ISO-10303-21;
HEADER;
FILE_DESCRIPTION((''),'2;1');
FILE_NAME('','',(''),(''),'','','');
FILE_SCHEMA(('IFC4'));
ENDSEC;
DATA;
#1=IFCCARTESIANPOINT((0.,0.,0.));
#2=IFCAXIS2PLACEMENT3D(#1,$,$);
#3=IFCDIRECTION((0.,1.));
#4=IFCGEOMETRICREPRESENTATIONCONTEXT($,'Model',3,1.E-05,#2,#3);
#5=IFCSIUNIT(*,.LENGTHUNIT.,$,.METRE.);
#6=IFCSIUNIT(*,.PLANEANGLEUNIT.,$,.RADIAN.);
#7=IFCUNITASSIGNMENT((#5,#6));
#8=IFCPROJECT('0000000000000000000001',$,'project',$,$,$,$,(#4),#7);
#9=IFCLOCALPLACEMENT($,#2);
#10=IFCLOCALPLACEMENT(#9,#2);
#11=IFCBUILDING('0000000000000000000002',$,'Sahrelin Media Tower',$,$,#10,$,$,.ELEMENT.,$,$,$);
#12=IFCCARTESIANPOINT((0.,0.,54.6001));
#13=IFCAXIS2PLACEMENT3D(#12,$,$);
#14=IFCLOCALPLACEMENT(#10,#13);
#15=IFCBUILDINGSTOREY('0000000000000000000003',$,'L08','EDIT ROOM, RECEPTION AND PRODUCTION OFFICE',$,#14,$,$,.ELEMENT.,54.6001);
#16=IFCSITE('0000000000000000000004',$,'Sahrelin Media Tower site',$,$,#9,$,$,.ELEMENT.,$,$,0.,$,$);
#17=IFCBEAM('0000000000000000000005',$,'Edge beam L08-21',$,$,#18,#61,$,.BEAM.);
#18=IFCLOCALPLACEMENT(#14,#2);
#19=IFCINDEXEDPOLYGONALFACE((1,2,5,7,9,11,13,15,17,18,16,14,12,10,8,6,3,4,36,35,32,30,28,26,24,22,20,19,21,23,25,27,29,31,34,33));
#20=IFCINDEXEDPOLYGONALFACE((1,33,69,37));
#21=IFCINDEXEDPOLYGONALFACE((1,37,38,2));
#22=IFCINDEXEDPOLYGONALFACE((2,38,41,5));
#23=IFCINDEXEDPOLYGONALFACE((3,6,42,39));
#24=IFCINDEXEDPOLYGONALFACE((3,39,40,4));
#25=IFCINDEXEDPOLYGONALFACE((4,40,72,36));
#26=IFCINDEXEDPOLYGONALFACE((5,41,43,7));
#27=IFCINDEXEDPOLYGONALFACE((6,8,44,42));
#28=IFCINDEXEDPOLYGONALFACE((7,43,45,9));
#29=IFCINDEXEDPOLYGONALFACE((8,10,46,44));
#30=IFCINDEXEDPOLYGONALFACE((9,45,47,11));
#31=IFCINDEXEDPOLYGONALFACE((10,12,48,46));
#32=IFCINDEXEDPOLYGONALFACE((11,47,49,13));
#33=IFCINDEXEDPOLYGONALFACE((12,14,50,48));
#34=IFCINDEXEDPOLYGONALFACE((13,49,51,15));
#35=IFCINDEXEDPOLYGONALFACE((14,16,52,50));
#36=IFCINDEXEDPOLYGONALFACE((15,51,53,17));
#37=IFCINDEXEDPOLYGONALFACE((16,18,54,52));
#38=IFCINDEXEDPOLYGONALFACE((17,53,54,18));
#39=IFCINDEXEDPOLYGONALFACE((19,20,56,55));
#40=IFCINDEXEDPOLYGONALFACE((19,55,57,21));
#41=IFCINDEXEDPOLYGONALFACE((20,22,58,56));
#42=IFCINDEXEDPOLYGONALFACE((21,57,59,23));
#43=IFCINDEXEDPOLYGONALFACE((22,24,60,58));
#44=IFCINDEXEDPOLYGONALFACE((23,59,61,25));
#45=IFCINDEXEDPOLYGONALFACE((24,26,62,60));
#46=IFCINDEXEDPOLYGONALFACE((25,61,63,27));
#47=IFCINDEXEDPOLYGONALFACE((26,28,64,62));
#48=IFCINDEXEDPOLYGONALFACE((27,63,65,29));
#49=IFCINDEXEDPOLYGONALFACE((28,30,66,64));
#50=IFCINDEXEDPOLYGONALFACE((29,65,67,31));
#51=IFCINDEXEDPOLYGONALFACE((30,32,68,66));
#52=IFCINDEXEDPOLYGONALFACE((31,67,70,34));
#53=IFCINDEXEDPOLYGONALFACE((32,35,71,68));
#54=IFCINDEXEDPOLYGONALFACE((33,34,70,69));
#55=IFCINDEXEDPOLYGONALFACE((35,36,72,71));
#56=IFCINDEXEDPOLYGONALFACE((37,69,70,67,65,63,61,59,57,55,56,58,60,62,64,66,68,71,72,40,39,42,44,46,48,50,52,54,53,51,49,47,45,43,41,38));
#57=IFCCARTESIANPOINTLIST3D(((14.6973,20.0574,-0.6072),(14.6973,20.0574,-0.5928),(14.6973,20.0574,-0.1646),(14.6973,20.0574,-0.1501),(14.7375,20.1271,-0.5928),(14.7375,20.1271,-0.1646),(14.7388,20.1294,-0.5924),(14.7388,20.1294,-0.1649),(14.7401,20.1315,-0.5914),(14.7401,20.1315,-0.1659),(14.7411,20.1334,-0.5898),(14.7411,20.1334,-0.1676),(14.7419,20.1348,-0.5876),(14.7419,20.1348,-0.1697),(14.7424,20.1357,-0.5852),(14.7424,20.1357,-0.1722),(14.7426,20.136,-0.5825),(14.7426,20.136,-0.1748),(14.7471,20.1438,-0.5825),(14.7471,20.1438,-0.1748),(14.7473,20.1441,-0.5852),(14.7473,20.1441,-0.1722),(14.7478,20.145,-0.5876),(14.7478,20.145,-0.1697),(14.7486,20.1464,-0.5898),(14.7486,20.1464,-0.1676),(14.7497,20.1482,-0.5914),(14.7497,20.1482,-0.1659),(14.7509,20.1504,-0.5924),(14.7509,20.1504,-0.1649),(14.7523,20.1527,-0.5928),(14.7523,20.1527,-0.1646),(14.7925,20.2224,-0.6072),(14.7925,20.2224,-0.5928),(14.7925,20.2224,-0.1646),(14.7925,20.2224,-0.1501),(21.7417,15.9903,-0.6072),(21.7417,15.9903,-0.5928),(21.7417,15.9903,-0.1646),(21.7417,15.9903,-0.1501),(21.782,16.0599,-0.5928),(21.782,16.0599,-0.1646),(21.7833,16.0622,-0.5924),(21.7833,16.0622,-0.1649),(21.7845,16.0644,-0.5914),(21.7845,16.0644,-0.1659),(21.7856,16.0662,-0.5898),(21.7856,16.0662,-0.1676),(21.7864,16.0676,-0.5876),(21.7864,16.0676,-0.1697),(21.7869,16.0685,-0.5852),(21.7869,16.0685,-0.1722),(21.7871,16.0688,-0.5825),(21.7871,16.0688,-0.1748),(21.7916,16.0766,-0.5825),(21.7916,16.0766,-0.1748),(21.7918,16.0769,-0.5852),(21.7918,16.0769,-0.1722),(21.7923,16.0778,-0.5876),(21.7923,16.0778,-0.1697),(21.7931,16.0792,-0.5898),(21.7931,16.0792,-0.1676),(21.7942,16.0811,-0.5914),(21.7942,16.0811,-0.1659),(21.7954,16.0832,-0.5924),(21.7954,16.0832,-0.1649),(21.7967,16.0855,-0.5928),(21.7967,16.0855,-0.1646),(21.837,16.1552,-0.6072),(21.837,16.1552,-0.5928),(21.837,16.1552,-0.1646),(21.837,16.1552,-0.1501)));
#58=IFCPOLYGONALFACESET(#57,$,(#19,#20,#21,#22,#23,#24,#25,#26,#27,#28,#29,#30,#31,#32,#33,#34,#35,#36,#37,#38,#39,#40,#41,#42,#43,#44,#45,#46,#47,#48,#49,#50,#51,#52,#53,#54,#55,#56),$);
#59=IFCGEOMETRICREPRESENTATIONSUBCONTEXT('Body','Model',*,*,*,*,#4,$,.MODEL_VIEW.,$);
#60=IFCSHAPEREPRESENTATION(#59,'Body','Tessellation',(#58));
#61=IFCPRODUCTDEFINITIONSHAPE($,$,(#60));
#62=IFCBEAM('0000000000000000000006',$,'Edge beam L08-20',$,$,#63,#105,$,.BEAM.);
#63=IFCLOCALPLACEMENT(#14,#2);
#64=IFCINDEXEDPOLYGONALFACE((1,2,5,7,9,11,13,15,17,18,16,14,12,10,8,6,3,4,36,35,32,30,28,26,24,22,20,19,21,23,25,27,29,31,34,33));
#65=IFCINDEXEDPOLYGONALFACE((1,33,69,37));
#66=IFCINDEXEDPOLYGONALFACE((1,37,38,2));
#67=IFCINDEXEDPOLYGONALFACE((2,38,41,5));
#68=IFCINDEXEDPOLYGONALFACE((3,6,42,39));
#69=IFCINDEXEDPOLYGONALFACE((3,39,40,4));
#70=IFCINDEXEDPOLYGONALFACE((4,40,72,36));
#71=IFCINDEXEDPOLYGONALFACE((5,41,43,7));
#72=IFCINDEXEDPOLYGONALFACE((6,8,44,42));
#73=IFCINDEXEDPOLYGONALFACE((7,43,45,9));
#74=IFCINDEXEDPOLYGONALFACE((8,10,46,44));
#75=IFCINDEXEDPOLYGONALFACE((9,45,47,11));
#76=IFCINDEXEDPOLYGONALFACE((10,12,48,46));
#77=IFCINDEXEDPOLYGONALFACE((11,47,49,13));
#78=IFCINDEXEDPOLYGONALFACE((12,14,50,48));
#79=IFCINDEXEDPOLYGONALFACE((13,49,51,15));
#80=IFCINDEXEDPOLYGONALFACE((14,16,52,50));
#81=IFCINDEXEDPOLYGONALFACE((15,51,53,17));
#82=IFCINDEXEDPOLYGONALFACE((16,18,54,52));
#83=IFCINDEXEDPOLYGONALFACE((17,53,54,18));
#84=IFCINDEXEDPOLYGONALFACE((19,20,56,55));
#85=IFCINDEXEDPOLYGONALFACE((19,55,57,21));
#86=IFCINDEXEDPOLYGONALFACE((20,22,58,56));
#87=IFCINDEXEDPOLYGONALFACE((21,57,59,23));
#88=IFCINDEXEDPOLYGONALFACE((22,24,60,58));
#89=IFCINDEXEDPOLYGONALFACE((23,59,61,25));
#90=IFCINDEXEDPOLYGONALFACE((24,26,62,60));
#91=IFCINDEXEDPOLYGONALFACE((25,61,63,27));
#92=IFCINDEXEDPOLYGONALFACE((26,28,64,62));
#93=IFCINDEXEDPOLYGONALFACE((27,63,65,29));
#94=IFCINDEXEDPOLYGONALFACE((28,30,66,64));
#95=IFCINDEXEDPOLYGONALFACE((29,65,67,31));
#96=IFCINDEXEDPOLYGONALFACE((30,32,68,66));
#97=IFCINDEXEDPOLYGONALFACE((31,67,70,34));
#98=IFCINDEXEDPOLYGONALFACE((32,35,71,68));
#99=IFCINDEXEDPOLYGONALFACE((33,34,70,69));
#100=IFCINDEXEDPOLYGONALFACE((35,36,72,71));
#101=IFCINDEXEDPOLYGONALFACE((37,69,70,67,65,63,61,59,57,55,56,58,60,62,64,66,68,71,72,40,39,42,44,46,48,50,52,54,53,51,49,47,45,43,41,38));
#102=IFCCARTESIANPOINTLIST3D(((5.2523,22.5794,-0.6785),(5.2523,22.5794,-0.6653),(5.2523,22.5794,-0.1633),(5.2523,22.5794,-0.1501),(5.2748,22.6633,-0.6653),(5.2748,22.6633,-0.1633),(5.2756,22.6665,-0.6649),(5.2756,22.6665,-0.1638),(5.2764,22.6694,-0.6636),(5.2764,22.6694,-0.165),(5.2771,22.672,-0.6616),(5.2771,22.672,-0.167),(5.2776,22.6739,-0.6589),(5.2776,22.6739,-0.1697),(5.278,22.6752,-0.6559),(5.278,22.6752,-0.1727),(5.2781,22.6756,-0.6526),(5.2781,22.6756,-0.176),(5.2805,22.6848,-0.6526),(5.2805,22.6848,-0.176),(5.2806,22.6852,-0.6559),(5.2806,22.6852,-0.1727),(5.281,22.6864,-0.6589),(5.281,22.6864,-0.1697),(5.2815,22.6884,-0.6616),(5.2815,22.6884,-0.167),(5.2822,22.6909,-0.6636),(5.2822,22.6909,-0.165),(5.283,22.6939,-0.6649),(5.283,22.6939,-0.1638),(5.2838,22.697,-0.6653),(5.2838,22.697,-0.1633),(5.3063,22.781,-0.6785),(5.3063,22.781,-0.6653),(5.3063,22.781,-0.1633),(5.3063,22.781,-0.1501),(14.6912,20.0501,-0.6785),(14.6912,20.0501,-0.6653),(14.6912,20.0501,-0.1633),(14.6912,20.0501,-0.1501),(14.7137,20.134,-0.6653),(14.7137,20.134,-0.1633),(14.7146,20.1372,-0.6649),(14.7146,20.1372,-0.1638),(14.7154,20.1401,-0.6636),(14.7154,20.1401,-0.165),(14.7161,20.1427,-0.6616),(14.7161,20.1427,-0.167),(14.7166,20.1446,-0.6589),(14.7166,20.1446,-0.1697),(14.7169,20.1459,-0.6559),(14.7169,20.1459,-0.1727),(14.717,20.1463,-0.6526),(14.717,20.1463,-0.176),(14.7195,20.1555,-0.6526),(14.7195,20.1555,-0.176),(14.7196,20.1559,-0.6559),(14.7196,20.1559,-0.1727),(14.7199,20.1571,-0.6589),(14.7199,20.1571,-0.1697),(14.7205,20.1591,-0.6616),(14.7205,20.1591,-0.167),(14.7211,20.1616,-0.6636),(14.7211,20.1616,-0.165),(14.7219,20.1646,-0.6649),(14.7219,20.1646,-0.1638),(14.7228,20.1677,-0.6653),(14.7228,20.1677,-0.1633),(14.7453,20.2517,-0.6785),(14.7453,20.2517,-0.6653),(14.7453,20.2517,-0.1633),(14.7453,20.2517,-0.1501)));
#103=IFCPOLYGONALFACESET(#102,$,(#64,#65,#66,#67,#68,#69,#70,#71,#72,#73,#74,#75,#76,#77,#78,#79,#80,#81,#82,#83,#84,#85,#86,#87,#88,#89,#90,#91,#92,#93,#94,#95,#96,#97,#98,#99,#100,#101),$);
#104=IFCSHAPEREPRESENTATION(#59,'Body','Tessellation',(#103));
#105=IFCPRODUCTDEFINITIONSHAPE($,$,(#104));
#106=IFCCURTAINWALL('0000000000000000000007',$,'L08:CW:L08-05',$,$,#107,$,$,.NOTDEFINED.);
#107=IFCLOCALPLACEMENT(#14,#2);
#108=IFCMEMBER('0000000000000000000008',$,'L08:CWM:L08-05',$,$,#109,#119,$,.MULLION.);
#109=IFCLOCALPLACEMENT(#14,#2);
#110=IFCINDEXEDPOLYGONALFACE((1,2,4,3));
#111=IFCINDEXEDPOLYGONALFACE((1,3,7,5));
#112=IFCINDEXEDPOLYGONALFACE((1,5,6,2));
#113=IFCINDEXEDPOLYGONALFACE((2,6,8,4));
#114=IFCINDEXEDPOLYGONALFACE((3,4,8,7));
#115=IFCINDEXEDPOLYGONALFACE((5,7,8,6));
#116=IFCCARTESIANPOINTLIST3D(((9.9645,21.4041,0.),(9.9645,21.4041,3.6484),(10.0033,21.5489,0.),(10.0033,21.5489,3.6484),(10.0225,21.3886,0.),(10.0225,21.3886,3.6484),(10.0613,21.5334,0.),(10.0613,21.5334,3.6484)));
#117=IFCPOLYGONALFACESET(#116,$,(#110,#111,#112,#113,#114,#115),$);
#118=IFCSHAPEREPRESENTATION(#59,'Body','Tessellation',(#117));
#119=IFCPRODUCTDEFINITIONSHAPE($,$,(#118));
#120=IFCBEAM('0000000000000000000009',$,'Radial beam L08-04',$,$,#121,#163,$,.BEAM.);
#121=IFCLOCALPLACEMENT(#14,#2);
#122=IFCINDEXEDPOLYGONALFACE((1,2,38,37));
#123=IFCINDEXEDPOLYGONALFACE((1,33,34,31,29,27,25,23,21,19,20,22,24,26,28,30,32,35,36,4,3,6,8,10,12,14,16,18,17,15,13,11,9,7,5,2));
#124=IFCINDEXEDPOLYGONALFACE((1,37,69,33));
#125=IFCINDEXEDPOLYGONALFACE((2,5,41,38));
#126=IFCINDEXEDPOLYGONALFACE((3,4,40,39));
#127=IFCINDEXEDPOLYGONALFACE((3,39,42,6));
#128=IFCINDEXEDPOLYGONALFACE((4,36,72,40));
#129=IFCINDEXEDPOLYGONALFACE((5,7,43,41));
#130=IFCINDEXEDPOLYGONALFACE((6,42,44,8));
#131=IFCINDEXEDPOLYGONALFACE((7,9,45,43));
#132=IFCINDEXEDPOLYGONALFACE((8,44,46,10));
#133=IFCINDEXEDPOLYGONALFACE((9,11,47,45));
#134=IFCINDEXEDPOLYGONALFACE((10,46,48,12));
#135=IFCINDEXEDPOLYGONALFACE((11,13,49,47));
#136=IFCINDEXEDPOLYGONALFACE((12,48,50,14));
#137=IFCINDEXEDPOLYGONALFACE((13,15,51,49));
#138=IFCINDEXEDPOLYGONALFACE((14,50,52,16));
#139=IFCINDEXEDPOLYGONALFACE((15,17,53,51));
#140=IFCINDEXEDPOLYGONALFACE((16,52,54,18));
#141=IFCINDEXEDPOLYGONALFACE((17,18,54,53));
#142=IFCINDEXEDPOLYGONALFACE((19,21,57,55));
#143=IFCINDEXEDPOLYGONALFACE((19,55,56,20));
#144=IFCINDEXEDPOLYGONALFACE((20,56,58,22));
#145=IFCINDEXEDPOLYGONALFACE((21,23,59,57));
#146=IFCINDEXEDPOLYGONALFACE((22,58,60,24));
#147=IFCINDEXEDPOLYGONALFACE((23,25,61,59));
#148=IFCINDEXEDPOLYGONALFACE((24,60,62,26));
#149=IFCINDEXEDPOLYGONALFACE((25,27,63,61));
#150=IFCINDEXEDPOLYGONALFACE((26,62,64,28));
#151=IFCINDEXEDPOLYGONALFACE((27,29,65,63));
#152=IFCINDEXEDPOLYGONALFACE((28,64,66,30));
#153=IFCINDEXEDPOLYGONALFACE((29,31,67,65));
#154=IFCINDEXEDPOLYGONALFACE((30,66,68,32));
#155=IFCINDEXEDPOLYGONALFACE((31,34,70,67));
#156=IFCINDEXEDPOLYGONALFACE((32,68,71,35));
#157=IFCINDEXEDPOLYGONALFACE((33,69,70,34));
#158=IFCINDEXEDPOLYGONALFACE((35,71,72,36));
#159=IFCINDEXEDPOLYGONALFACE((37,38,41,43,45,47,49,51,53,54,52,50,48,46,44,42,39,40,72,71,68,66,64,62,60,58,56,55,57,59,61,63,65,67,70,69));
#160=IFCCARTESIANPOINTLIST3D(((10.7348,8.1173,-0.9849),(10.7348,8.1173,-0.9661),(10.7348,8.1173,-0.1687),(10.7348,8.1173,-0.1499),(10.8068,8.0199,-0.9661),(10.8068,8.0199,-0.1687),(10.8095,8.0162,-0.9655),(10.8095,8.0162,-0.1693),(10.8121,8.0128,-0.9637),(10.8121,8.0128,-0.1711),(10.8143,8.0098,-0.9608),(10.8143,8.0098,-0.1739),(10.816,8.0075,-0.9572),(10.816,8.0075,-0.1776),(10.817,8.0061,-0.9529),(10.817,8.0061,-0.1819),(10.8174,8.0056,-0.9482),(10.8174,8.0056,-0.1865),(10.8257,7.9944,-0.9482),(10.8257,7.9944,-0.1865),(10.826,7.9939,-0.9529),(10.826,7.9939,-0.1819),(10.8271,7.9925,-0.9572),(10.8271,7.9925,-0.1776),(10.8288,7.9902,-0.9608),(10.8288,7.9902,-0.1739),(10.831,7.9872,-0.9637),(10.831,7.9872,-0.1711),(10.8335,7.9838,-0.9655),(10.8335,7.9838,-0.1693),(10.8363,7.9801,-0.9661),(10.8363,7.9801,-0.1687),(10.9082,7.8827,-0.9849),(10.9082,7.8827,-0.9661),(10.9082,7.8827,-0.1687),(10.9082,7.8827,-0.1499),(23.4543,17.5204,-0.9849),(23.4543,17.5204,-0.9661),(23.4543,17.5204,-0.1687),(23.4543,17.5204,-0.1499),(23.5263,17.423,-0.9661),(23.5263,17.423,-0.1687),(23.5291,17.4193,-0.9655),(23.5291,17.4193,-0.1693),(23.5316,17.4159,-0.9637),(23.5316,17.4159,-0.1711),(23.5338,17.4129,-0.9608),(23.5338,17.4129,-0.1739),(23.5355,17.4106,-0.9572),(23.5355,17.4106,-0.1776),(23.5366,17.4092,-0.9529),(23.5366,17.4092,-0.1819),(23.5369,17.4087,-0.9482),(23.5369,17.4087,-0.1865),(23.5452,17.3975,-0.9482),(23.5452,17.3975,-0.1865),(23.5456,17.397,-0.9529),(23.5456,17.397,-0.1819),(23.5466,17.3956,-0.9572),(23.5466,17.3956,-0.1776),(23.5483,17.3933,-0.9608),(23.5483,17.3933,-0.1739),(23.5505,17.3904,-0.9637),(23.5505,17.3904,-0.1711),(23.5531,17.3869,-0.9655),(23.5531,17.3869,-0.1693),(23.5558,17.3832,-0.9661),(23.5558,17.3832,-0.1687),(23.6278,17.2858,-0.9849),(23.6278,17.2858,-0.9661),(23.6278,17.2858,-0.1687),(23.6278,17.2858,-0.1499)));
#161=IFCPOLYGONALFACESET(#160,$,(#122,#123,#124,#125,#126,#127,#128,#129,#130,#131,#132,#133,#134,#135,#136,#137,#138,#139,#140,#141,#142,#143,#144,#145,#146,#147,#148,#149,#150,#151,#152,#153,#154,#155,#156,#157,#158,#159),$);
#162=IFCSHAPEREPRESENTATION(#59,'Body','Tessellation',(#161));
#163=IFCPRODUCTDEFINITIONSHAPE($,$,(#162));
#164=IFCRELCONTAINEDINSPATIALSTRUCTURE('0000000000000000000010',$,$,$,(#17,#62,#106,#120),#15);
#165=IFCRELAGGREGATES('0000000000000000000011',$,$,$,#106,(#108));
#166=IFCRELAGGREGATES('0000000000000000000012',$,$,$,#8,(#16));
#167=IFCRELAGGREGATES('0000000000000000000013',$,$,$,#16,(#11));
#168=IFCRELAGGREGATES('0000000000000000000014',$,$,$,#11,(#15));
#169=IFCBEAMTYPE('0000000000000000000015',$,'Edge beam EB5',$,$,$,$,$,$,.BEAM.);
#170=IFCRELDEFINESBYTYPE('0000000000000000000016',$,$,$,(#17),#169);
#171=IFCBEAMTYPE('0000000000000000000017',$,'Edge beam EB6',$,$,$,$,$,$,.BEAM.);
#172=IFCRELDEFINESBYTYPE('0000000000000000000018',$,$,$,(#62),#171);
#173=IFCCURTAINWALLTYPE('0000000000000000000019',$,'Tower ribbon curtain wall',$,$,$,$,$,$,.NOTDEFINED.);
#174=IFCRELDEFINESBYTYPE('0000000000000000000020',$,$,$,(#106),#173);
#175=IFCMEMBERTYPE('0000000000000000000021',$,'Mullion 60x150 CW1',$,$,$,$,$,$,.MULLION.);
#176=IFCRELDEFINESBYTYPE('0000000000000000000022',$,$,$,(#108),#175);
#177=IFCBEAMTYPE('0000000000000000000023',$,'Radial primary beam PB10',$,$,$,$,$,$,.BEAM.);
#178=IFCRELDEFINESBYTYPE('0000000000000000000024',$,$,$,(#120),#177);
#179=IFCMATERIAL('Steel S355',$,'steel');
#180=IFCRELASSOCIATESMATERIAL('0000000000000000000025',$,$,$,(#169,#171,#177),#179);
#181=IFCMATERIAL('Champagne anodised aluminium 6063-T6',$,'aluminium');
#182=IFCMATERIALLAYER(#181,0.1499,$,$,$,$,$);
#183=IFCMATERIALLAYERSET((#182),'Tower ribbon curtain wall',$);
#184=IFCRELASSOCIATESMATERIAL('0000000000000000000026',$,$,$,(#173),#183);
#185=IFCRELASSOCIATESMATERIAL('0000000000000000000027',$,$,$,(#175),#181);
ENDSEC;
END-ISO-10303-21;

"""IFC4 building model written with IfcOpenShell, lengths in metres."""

from ifc_helpers import new_model, si_unit, direction, frame, origin, origin_2d, place, context, subcontext, project, spatial, rectangle, i_section, extrude, material, layer, layer_set, material_profile, profile_set, type_object, element, aggregate, save


model = new_model("IFC4")

# Units and contexts
model_context = context("Model", 3, precision=1e-05, world=origin(), true_north=direction((0.0, 1.0)))
body_context = subcontext(model_context, "Body", "Model", "MODEL_VIEW")
ifc_project = project(units=[si_unit("LENGTHUNIT", "METRE"), si_unit("PLANEANGLEUNIT", "RADIAN")], contexts=[model_context])

# Site, building, storey
site_placement = place(None, origin())
site = spatial("IfcSite", under=ifc_project, at=site_placement, Name="Sahrelin Media Tower site", CompositionType="ELEMENT", RefElevation=0.0)
building_placement = place(site_placement, origin())
building = spatial("IfcBuilding", under=site, at=building_placement, Name="Sahrelin Media Tower", CompositionType="ELEMENT")
storey_placement = place(building_placement, frame((0.0, 0.0, 54.6001)))
storey = spatial("IfcBuildingStorey", under=building, at=storey_placement, Name="L08", Description="EDIT ROOM, RECEPTION AND PRODUCTION OFFICE", CompositionType="ELEMENT", Elevation=54.6001)

# Beams
ifc_material_1 = material(Name="Steel S355", Category="steel")
ifc_material_profile_1 = material_profile(ifc_material_1, i_section(OverallWidth=0.1904, OverallDepth=0.457, WebThickness=0.009, FlangeThickness=0.0144, FilletRadius=0.0103, at=origin_2d()), Name="UB 457x191x74")
ifc_profile_set_1 = profile_set([ifc_material_profile_1], Name="Steel S355")
beam_type_1 = type_object("IfcBeamType", Name="Edge beam EB5", PredefinedType="BEAM", material=ifc_profile_set_1)
beam_1_placement = place(storey_placement, frame((14.7449, 20.1399, -0.3787), z_axis=(0.866024, -0.500003, 0.0), x_axis=(0.500003, 0.866024, 0.0)))
element("IfcBeam", 1, at=beam_1_placement, inside=storey, type_object=beam_type_1, Name="Edge beam L08-21", PredefinedType="BEAM", context=body_context, shape_type="SweptSolid", body=[
    extrude(i_section(OverallWidth=0.1904, OverallDepth=0.457, WebThickness=0.009, FlangeThickness=0.0144, FilletRadius=0.0103, at=origin_2d()), origin(), (0.0, 0.0, 1.0), 8.1343),
])
ifc_material_profile_2 = material_profile(ifc_material_1, i_section(OverallWidth=0.2087, OverallDepth=0.5283, WebThickness=0.0095, FlangeThickness=0.0132, FilletRadius=0.0127, at=origin_2d()), Name="UB 533x210x82")
ifc_profile_set_2 = profile_set([ifc_material_profile_2], Name="Steel S355")
beam_type_2 = type_object("IfcBeamType", Name="Edge beam EB6", PredefinedType="BEAM", material=ifc_profile_set_2)
beam_2_placement = place(storey_placement, frame((5.2793, 22.6802, -0.4143), z_axis=(0.965922, -0.258832, 0.0), x_axis=(0.258832, 0.965922, 0.0)))
element("IfcBeam", 2, at=beam_2_placement, inside=storey, type_object=beam_type_2, Name="Edge beam L08-20", PredefinedType="BEAM", context=body_context, shape_type="SweptSolid", body=[
    extrude(i_section(OverallWidth=0.2087, OverallDepth=0.5283, WebThickness=0.0095, FlangeThickness=0.0132, FilletRadius=0.0127, at=origin_2d()), origin(), (0.0, 0.0, 1.0), 9.772),
])

# Curtain wall, member
ifc_material_2 = material(Name="Champagne anodised aluminium 6063-T6", Category="aluminium")
ifc_layer_1 = layer(ifc_material_2, 0.1499)
ifc_layer_set_1 = layer_set([ifc_layer_1], Name="Tower ribbon curtain wall")
curtain_wall_type = type_object("IfcCurtainWallType", Name="Tower ribbon curtain wall", PredefinedType="NOTDEFINED", material=ifc_layer_set_1)
curtain_wall_1_placement = place(storey_placement, frame((10.0376, 21.5603, 0.0), z_axis=(0.0, 0.0, 1.0), x_axis=(1.0, 0.0, 0.0)))
curtain_wall_1 = element("IfcCurtainWall", 3, at=curtain_wall_1_placement, inside=storey, type_object=curtain_wall_type, Name="L08:CW:L08-05", PredefinedType="NOTDEFINED")
ifc_material_profile_3 = material_profile(ifc_material_2, rectangle(XDim=0.0601, YDim=0.1499, at=origin_2d()), Name="Mullion 60x150")
ifc_profile_set_3 = profile_set([ifc_material_profile_3], Name="Champagne anodised aluminium 6063-T6")
member_type_1 = type_object("IfcMemberType", Name="Mullion 60x150 CW1", PredefinedType="MULLION", material=ifc_profile_set_3)
member_1_placement = place(storey_placement, frame((10.0129, 21.4688, 0.0), z_axis=(0.0, 0.0, 1.0), x_axis=(-0.965926, 0.258817, 0.0)))
member_1 = element("IfcMember", 4, at=member_1_placement, type_object=member_type_1, Name="L08:CWM:L08-05", PredefinedType="MULLION", context=body_context, shape_type="SweptSolid", body=[
    extrude(rectangle(XDim=0.0601, YDim=0.1499, at=origin_2d()), origin(), (0.0, 0.0, 1.0), 3.6484),
])

# Beam
ifc_material_profile_4 = material_profile(ifc_material_1, i_section(OverallWidth=0.2917, OverallDepth=0.835, WebThickness=0.0139, FlangeThickness=0.0188, FilletRadius=0.0178, at=origin_2d()), Name="UB 838x292x176")
ifc_profile_set_4 = profile_set([ifc_material_profile_4], Name="Steel S355")
beam_type_3 = type_object("IfcBeamType", Name="Radial primary beam PB10", PredefinedType="BEAM", material=ifc_profile_set_4)
beam_3_placement = place(storey_placement, frame((10.8215, 8.0, -0.5674), z_axis=(0.804124, 0.594461, 0.0), x_axis=(-0.594461, 0.804124, 0.0)))
element("IfcBeam", 5, at=beam_3_placement, inside=storey, type_object=beam_type_3, Name="Radial beam L08-04", PredefinedType="BEAM", context=body_context, shape_type="SweptSolid", body=[
    extrude(i_section(OverallWidth=0.2917, OverallDepth=0.835, WebThickness=0.0139, FlangeThickness=0.0188, FilletRadius=0.0178, at=origin_2d()), origin(), (0.0, 0.0, 1.0), 15.8179),
])

aggregate(curtain_wall_1, [member_1])

save(model, "model.ifc")
